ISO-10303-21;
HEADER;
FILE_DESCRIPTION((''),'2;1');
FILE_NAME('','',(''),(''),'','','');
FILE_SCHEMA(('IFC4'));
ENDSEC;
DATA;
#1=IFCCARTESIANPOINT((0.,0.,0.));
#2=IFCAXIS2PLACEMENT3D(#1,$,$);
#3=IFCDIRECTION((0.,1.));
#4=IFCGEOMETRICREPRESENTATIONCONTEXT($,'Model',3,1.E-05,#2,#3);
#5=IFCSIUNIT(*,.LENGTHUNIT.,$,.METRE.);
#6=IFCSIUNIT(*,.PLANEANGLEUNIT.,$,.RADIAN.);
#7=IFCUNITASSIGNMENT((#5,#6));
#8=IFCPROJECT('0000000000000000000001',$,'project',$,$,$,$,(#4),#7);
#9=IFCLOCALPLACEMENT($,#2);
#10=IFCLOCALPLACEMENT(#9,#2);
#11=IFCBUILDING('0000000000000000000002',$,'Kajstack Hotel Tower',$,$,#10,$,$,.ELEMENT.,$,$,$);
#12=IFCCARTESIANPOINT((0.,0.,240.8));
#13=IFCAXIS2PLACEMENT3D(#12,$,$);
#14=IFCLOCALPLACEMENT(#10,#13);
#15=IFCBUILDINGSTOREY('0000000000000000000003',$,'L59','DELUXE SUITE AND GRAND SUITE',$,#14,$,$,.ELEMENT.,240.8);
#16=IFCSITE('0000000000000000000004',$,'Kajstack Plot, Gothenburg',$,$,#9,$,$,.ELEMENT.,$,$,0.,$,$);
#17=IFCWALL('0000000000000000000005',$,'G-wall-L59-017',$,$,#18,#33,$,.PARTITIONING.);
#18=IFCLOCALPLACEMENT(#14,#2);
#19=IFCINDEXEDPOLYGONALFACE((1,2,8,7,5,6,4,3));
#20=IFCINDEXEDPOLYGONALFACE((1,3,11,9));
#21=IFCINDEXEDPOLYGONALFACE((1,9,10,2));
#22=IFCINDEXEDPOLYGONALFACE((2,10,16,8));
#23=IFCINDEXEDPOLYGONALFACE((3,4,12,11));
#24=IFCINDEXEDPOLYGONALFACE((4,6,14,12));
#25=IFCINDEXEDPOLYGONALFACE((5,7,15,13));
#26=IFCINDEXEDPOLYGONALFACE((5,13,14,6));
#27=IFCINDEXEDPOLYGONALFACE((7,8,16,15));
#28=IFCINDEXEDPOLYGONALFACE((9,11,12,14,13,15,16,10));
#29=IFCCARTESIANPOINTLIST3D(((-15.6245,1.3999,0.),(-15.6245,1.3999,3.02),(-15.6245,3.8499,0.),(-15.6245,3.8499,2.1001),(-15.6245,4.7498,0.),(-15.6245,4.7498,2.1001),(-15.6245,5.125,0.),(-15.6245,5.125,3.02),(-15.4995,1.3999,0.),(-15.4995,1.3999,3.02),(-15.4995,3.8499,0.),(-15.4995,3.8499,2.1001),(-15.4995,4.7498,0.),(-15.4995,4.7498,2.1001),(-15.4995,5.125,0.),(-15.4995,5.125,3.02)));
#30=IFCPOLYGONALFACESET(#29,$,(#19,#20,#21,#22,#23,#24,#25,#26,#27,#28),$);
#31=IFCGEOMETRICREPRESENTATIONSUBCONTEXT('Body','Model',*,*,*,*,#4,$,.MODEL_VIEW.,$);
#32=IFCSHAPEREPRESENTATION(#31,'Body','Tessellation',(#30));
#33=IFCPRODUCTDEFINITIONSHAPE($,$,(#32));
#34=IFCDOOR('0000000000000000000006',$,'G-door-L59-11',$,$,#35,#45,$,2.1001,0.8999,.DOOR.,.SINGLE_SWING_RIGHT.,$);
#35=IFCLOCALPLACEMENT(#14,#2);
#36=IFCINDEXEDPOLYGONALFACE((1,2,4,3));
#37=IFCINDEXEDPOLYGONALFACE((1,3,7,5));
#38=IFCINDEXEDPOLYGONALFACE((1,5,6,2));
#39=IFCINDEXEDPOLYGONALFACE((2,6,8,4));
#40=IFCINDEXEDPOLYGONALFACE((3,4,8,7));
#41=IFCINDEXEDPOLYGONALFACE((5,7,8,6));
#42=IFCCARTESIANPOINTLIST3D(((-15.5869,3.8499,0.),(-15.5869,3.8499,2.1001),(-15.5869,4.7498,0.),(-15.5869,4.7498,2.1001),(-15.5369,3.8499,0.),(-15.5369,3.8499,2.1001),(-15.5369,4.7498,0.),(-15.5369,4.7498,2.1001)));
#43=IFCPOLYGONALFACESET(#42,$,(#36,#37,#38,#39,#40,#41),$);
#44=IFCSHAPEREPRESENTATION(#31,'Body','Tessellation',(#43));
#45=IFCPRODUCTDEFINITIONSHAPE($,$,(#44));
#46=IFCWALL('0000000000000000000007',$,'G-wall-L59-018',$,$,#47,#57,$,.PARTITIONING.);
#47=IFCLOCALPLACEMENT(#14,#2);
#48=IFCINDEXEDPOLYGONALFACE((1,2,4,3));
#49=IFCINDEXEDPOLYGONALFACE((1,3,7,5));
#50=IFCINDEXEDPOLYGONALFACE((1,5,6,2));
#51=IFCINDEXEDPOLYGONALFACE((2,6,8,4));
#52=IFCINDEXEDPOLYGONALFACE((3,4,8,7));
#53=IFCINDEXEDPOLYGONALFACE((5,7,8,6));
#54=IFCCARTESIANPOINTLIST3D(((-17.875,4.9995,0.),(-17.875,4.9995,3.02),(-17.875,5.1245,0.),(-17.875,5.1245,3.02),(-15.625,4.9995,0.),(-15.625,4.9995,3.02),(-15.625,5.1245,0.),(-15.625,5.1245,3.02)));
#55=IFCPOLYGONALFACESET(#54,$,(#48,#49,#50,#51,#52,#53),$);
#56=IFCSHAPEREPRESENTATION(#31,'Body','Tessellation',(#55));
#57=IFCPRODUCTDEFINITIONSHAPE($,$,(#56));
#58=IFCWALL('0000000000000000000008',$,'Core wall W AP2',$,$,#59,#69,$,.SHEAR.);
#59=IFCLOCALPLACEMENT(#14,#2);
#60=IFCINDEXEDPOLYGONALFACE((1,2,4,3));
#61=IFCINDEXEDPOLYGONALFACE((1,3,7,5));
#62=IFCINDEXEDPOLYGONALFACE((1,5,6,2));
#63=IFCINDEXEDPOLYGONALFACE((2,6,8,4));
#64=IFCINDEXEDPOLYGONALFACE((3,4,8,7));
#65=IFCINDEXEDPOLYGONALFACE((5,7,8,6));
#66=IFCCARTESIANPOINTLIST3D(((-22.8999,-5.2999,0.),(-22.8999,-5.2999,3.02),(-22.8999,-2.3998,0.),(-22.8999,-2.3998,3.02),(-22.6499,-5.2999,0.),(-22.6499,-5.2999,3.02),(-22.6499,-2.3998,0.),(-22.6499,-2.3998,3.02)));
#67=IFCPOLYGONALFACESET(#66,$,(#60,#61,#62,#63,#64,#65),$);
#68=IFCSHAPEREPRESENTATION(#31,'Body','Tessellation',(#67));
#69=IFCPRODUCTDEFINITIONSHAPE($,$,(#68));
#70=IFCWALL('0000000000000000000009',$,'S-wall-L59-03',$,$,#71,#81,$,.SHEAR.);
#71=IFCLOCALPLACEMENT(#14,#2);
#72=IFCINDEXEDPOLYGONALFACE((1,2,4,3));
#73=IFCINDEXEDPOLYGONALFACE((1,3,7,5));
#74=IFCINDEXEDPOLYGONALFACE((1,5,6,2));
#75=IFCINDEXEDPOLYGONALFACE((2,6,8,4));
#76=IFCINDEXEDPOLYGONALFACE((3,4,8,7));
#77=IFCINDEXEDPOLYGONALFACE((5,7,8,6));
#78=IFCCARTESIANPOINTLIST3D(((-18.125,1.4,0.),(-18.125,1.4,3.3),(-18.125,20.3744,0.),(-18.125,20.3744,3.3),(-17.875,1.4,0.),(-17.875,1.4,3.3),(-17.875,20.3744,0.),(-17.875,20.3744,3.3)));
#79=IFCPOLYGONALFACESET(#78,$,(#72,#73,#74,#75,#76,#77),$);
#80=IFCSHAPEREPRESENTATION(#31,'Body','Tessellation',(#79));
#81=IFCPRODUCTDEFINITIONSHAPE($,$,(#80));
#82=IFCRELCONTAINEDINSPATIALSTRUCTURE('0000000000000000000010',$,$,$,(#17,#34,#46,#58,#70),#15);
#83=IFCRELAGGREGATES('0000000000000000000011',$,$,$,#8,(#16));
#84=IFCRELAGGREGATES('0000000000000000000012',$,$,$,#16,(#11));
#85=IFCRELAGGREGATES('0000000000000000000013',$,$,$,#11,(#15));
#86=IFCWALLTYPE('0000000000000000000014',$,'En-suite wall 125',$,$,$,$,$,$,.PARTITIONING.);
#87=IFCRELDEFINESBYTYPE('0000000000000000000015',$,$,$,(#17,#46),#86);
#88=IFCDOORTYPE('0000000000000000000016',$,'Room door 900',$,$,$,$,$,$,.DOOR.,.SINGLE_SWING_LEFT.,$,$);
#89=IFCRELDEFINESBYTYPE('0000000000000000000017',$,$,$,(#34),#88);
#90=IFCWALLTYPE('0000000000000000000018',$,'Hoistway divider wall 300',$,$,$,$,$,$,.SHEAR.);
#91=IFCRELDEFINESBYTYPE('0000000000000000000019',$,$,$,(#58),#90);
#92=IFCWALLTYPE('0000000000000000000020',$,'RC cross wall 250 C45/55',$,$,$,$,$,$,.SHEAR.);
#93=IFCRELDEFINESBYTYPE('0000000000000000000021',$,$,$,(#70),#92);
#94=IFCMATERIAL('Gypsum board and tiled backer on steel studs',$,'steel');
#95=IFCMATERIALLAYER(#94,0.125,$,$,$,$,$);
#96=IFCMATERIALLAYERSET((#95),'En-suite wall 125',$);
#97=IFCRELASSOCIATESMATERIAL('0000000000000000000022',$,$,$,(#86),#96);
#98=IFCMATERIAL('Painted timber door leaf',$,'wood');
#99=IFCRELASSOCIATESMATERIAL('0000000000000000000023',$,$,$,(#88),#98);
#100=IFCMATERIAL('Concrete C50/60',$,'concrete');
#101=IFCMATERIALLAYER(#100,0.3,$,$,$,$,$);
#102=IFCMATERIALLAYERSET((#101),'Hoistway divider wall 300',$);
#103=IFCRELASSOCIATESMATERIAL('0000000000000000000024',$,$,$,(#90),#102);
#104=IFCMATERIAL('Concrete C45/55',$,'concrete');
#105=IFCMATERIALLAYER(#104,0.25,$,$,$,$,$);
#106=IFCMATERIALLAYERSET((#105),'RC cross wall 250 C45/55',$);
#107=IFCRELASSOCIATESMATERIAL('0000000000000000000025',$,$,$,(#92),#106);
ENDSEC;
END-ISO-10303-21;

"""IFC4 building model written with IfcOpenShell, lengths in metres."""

from ifc_helpers import new_model, si_unit, direction, frame, frame_2d, origin, place, context, subcontext, project, spatial, rectangle, extrude, material, layer, layer_set, type_object, element, fill, save


model = new_model("IFC4")

# Units and contexts
model_context = context("Model", 3, precision=1e-05, world=origin(), true_north=direction((0.0, 1.0)))
body_context = subcontext(model_context, "Body", "Model", "MODEL_VIEW")
ifc_project = project(units=[si_unit("LENGTHUNIT", "METRE"), si_unit("PLANEANGLEUNIT", "RADIAN")], contexts=[model_context])

# Site, building, storey
site_placement = place(None, origin())
site = spatial("IfcSite", under=ifc_project, at=site_placement, Name="Kajstack Plot, Gothenburg", CompositionType="ELEMENT", RefElevation=0.0)
building_placement = place(site_placement, origin())
building = spatial("IfcBuilding", under=site, at=building_placement, Name="Kajstack Hotel Tower", CompositionType="ELEMENT")
storey_placement = place(building_placement, frame((0.0, 0.0, 240.8)))
storey = spatial("IfcBuildingStorey", under=building, at=storey_placement, Name="L59", Description="DELUXE SUITE AND GRAND SUITE", CompositionType="ELEMENT", Elevation=240.8)

# Shared definitions
ifc_material_1 = material(Name="Gypsum board and tiled backer on steel studs", Category="steel")
ifc_layer_1 = layer(ifc_material_1, 0.125)
ifc_layer_set_1 = layer_set([ifc_layer_1], Name="En-suite wall 125")
wall_type_1 = type_object("IfcWallType", Name="En-suite wall 125", PredefinedType="PARTITIONING", material=ifc_layer_set_1)

# Shared definitions
ifc_material_2 = material(Name="Painted timber door leaf", Category="wood")
door_type_1 = type_object("IfcDoorType", Name="Room door 900", OperationType="SINGLE_SWING_LEFT", PredefinedType="DOOR", material=ifc_material_2)

# Wall, opening, door
wall_1_placement = place(storey_placement, frame((-15.562, 1.3999, 0.0), z_axis=(0.0, 0.0, 1.0), x_axis=(0.0, 1.0, 0.0)))
wall_1 = element("IfcWall", 1, at=wall_1_placement, inside=storey, type_object=wall_type_1, Name="G-wall-L59-017", PredefinedType="PARTITIONING", context=body_context, shape_type="SweptSolid", body=[
    extrude(rectangle(XDim=3.7251, YDim=0.125, at=frame_2d((1.8625, 0.0))), origin(), (0.0, 0.0, 1.0), 3.02),
])
opening_1_placement = place(wall_1_placement, frame((2.45, 0.0, 0.0)))
opening_1 = element("IfcOpeningElement", 2, at=opening_1_placement, cuts=wall_1, PredefinedType="OPENING", context=body_context, shape_type="SweptSolid", body=[
    extrude(rectangle(XDim=0.8999, YDim=2.1001, at=frame_2d((0.45, 1.05))), frame((0.0, 0.0725, 0.0), z_axis=(0.0, -1.0, 0.0), x_axis=(1.0, 0.0, 0.0)), (0.0, 0.0, 1.0), 0.145),
])
door_1_placement = place(opening_1_placement, origin())
door_1 = element("IfcDoor", 3, at=door_1_placement, inside=storey, type_object=door_type_1, Name="G-door-L59-11", OperationType="SINGLE_SWING_RIGHT", OverallHeight=2.1001, OverallWidth=0.8999, PredefinedType="DOOR", context=body_context, shape_type="SweptSolid", body=[
    extrude(rectangle(XDim=0.8999, YDim=2.1001, at=frame_2d((0.45, 1.05))), frame((0.0, 0.0249, 0.0), z_axis=(0.0, -1.0, 0.0), x_axis=(1.0, 0.0, 0.0)), (0.0, 0.0, 1.0), 0.05),
])
fill(opening_1, door_1)

# Walls
wall_2_placement = place(storey_placement, frame((-17.875, 5.062, 0.0), z_axis=(0.0, 0.0, 1.0), x_axis=(1.0, 0.0, 0.0)))
element("IfcWall", 4, at=wall_2_placement, inside=storey, type_object=wall_type_1, Name="G-wall-L59-018", PredefinedType="PARTITIONING", context=body_context, shape_type="SweptSolid", body=[
    extrude(rectangle(XDim=2.25, YDim=0.125, at=frame_2d((1.125, 0.0))), origin(), (0.0, 0.0, 1.0), 3.02),
])
ifc_material_3 = material(Name="Concrete C50/60", Category="concrete")
ifc_layer_2 = layer(ifc_material_3, 0.3)
ifc_layer_set_2 = layer_set([ifc_layer_2], Name="Hoistway divider wall 300")
wall_type_2 = type_object("IfcWallType", Name="Hoistway divider wall 300", PredefinedType="SHEAR", material=ifc_layer_set_2)
wall_3_placement = place(storey_placement, frame((-22.7749, -5.3, 0.0), z_axis=(0.0, 0.0, 1.0), x_axis=(0.0, 1.0, 0.0)))
element("IfcWall", 5, at=wall_3_placement, inside=storey, type_object=wall_type_2, Name="Core wall W AP2", PredefinedType="SHEAR", context=body_context, shape_type="SweptSolid", body=[
    extrude(rectangle(XDim=2.9001, YDim=0.25, at=frame_2d((1.4502, 0.0))), origin(), (0.0, 0.0, 1.0), 3.02),
])
ifc_material_4 = material(Name="Concrete C45/55", Category="concrete")
ifc_layer_3 = layer(ifc_material_4, 0.25)
ifc_layer_set_3 = layer_set([ifc_layer_3], Name="RC cross wall 250 C45/55")
wall_type_3 = type_object("IfcWallType", Name="RC cross wall 250 C45/55", PredefinedType="SHEAR", material=ifc_layer_set_3)
wall_4_placement = place(storey_placement, frame((-18.0, 1.3999, 0.0), z_axis=(0.0, 0.0, 1.0), x_axis=(0.0, 1.0, 0.0)))
element("IfcWall", 6, at=wall_4_placement, inside=storey, type_object=wall_type_3, Name="S-wall-L59-03", PredefinedType="SHEAR", context=body_context, shape_type="SweptSolid", body=[
    extrude(rectangle(XDim=18.9744, YDim=0.25, at=frame_2d((9.4873, 0.0))), origin(), (0.0, 0.0, 1.0), 3.3),
])

save(model, "model.ifc")
